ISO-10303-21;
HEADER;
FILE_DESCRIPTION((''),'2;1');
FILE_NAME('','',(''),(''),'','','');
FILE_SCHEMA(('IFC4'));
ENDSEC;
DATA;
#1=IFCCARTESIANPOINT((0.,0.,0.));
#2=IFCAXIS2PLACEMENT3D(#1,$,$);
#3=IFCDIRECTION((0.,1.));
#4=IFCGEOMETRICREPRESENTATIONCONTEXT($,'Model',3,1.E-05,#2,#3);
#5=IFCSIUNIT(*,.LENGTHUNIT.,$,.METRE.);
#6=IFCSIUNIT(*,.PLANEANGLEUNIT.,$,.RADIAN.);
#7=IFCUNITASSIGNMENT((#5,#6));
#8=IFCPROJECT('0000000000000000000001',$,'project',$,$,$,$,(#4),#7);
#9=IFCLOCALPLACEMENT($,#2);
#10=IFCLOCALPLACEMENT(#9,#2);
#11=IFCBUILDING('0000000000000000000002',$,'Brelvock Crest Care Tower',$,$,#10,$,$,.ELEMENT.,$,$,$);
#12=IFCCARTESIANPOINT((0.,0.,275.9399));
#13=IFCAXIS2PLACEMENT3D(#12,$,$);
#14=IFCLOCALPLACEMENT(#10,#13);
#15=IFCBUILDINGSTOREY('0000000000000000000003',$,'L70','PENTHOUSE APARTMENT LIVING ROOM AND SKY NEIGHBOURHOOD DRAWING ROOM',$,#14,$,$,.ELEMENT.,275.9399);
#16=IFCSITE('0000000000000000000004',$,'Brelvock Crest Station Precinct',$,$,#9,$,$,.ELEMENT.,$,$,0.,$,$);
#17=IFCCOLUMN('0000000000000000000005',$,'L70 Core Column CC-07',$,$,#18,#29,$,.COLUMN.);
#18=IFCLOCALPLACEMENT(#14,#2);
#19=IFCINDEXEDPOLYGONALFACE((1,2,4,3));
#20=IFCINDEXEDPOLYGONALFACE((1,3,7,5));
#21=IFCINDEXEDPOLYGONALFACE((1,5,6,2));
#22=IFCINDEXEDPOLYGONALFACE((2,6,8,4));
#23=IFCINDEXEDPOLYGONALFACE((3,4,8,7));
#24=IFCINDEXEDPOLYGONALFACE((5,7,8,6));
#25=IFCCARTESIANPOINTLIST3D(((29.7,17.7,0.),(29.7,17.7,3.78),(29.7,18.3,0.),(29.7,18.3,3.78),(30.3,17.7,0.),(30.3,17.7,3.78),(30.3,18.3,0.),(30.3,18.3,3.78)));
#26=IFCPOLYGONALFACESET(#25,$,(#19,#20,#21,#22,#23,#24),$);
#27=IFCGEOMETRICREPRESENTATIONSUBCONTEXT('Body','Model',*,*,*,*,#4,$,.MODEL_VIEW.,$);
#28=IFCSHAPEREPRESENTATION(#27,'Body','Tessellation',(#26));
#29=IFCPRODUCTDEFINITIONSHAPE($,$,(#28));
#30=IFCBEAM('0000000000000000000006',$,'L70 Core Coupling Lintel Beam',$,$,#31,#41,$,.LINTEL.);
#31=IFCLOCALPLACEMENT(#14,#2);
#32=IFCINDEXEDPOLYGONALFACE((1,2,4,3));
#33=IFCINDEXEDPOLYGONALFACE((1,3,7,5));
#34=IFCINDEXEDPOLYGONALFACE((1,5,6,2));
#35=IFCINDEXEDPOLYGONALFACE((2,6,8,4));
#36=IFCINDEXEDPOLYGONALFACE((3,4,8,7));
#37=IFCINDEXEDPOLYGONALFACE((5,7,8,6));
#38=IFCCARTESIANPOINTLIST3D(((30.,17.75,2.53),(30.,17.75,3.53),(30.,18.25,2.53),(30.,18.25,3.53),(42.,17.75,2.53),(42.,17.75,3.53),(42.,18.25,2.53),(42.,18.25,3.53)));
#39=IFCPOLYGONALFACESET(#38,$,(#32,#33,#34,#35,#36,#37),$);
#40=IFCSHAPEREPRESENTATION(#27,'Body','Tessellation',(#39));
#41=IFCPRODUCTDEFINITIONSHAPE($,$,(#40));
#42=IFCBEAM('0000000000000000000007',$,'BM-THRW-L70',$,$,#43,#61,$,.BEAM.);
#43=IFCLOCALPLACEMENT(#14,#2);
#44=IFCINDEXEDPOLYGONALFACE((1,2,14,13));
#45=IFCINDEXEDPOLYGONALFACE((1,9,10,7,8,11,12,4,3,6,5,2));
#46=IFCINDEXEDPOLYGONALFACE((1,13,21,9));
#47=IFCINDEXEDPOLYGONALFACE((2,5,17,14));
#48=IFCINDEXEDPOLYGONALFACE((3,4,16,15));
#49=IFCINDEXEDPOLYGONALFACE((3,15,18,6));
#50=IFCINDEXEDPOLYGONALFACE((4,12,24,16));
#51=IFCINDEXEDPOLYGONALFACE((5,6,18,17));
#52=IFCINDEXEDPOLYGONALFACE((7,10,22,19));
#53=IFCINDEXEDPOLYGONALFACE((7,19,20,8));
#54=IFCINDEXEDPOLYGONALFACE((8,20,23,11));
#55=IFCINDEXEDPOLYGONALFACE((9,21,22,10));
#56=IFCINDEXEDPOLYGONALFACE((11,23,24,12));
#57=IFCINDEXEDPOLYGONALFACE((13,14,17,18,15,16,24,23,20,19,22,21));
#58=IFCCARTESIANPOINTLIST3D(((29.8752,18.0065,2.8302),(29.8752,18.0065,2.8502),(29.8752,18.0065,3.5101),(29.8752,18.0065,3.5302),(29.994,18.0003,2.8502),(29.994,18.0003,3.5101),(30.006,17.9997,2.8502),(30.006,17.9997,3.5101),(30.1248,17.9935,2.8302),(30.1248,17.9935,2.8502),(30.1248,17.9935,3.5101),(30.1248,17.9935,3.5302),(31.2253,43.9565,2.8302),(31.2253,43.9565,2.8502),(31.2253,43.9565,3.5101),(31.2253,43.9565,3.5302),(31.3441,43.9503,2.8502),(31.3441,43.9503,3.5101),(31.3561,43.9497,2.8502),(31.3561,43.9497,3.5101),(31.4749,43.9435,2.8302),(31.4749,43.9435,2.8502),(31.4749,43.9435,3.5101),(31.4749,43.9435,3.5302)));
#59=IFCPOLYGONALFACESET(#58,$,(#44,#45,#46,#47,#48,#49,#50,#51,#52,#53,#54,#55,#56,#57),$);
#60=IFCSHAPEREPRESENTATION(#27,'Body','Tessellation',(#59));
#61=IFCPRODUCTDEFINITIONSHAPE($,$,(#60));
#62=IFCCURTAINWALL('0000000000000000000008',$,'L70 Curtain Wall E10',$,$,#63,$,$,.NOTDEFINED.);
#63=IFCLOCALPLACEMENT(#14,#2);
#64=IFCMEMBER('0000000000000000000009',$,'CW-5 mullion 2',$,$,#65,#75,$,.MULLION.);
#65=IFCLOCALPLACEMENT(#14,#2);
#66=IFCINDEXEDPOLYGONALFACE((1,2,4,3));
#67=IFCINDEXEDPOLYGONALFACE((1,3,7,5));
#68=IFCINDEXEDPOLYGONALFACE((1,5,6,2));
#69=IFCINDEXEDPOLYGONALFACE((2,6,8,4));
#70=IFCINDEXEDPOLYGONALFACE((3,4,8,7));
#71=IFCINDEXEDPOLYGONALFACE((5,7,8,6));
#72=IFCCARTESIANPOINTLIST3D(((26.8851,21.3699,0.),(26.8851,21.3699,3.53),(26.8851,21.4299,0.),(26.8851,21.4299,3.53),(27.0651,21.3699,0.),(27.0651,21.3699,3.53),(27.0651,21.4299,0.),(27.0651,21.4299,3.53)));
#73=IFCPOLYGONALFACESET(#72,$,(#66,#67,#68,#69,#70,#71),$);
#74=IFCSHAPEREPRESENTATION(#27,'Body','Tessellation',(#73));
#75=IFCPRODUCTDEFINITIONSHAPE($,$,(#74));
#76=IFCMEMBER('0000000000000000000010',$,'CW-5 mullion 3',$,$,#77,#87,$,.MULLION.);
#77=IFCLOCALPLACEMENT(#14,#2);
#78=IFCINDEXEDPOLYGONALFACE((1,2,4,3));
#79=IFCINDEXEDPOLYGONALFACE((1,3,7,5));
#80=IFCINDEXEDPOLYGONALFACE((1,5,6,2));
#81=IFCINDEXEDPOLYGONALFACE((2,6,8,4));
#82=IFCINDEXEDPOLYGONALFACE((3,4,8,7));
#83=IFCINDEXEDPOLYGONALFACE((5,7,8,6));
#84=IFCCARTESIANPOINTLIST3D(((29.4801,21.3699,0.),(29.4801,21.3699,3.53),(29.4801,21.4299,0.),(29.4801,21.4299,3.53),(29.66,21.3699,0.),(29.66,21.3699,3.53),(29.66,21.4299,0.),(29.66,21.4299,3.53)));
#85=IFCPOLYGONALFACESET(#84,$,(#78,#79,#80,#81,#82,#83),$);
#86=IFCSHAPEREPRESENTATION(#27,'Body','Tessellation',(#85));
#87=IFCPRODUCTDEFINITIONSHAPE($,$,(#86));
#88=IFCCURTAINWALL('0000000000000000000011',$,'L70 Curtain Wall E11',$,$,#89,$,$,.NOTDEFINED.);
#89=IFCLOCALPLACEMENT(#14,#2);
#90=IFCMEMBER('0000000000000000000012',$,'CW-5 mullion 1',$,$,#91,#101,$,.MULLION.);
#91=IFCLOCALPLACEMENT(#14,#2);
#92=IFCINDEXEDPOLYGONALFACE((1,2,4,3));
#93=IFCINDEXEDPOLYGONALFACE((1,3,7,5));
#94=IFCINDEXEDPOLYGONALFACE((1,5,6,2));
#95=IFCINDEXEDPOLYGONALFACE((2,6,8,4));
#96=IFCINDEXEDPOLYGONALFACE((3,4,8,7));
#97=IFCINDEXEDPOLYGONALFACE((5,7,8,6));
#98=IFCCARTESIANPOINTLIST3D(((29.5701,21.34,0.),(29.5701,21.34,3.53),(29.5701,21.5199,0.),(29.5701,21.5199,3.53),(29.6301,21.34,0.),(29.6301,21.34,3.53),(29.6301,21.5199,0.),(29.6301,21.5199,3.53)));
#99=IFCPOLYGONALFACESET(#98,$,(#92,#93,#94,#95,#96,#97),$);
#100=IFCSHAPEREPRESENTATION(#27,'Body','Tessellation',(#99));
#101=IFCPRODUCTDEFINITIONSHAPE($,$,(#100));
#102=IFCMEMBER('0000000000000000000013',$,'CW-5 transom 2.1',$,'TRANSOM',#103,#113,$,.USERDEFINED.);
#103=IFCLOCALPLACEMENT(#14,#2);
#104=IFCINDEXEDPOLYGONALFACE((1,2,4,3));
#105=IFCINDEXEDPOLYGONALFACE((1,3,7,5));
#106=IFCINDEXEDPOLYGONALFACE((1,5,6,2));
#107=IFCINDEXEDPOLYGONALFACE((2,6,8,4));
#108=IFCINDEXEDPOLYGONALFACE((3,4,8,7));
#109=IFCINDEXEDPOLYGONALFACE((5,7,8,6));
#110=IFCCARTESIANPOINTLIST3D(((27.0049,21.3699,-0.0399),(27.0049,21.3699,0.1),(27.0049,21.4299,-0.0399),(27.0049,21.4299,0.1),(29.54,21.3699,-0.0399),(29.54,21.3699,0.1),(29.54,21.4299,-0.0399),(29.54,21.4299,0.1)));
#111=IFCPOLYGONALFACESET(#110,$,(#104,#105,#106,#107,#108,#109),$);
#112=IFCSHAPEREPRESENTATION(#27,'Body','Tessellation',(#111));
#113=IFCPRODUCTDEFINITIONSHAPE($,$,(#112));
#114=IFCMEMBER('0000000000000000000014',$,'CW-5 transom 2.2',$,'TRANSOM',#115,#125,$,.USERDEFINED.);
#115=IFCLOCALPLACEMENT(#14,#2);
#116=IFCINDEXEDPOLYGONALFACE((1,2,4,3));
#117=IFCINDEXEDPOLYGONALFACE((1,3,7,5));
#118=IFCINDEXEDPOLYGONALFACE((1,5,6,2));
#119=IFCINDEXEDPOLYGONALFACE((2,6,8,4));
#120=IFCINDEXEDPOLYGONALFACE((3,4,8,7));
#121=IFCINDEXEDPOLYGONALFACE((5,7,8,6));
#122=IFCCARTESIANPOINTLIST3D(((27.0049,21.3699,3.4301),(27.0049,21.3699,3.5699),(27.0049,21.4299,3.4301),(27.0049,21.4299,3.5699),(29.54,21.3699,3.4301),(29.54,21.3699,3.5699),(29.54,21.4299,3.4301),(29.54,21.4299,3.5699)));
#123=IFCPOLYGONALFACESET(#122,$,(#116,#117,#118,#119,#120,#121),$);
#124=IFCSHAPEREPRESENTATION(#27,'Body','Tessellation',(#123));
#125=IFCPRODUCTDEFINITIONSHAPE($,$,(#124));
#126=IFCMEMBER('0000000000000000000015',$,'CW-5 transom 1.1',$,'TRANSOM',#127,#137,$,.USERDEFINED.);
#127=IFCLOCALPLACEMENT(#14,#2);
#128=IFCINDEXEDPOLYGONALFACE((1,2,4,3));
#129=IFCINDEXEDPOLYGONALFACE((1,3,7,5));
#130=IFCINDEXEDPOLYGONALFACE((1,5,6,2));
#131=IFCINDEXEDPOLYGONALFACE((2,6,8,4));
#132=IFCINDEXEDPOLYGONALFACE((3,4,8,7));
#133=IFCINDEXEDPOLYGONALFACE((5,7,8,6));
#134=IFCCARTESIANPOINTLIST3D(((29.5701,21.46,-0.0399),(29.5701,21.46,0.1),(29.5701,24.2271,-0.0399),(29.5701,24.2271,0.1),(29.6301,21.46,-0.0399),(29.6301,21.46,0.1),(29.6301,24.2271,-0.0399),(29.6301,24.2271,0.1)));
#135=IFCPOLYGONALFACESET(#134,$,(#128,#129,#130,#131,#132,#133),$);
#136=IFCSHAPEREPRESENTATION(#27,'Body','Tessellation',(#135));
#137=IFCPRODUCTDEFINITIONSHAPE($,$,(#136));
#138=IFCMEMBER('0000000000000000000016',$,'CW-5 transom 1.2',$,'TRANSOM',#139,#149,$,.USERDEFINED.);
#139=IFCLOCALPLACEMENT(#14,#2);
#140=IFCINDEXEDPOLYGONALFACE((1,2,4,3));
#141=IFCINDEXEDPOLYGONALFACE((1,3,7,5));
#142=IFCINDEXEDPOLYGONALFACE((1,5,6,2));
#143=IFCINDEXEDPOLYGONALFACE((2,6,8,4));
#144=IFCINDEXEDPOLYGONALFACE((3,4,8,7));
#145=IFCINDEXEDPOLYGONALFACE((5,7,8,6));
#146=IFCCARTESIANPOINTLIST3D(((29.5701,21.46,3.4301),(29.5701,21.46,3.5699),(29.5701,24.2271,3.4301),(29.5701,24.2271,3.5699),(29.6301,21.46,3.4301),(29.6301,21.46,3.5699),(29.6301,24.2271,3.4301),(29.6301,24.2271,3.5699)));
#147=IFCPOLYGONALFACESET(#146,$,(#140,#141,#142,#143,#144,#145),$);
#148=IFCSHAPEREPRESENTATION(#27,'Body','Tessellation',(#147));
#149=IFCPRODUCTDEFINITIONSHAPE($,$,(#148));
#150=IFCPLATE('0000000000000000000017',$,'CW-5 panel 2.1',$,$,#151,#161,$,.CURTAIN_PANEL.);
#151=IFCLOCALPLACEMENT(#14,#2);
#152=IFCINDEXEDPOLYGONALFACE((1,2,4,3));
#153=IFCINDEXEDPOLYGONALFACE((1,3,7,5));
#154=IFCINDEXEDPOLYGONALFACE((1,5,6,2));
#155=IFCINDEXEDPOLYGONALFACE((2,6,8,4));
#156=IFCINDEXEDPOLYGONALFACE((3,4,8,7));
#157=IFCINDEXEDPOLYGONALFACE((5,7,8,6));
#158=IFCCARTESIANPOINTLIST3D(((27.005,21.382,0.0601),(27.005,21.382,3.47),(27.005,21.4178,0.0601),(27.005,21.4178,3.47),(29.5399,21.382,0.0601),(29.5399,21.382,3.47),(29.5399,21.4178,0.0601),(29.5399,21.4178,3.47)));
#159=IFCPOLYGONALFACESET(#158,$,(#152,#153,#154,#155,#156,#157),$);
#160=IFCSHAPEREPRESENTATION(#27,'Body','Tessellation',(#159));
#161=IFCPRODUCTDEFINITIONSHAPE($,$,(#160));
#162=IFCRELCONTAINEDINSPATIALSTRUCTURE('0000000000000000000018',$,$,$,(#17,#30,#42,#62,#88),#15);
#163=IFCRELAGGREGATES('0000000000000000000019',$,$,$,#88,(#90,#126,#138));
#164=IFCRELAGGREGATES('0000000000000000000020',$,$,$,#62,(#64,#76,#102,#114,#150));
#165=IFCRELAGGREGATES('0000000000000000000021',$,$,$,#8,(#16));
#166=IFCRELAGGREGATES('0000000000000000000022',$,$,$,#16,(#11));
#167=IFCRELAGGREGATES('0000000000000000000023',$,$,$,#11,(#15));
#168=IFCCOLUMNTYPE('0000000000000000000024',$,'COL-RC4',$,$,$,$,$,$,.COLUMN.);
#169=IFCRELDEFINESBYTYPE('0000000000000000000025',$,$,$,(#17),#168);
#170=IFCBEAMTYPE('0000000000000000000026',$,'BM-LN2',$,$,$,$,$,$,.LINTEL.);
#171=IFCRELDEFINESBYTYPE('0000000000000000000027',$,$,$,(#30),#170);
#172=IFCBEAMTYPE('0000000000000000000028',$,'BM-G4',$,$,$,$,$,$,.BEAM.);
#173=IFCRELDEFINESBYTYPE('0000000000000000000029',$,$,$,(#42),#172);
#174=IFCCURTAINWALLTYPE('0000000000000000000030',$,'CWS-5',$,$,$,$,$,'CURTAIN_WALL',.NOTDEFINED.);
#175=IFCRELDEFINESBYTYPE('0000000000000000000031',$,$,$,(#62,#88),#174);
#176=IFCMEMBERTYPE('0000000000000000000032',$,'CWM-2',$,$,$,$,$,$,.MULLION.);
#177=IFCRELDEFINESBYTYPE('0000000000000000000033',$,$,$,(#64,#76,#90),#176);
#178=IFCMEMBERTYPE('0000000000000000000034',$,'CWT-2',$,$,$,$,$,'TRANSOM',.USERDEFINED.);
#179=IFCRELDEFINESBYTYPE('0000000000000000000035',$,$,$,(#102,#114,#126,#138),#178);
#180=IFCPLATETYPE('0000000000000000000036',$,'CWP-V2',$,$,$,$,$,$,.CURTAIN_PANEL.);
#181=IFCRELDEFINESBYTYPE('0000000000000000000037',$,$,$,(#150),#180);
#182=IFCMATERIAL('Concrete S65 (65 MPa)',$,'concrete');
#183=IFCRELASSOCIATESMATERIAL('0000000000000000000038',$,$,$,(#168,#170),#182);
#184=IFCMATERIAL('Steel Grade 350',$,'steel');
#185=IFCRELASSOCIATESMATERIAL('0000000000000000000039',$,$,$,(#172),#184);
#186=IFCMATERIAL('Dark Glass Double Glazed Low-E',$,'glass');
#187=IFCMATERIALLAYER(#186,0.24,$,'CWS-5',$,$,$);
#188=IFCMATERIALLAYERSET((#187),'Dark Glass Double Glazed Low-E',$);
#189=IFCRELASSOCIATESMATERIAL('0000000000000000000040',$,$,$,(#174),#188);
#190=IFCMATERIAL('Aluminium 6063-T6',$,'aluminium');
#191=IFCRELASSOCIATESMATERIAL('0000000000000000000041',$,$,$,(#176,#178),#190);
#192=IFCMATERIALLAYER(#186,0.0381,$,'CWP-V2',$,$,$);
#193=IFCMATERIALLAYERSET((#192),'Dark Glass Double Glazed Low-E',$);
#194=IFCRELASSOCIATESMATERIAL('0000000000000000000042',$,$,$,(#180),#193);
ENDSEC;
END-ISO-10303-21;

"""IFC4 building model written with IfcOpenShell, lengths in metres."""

from ifc_helpers import new_model, si_unit, direction, frame, origin, origin_2d, place, context, subcontext, project, spatial, rectangle, i_section, extrude, source, transform, mapped, material, layer, layer_set, material_profile, profile_set, type_object, element, aggregate, save


model = new_model("IFC4")

# Units and contexts
model_context = context("Model", 3, precision=1e-05, world=origin(), true_north=direction((0.0, 1.0)))
body_context = subcontext(model_context, "Body", "Model", "MODEL_VIEW")
ifc_project = project(units=[si_unit("LENGTHUNIT", "METRE"), si_unit("PLANEANGLEUNIT", "RADIAN")], contexts=[model_context])

# Site, building, storey
site_placement = place(None, origin())
site = spatial("IfcSite", under=ifc_project, at=site_placement, Name="Brelvock Crest Station Precinct", CompositionType="ELEMENT", RefElevation=0.0)
building_placement = place(site_placement, origin())
building = spatial("IfcBuilding", under=site, at=building_placement, Name="Brelvock Crest Care Tower", CompositionType="ELEMENT")
storey_placement = place(building_placement, frame((0.0, 0.0, 275.9399)))
storey = spatial("IfcBuildingStorey", under=building, at=storey_placement, Name="L70", Description="PENTHOUSE APARTMENT LIVING ROOM AND SKY NEIGHBOURHOOD DRAWING ROOM", CompositionType="ELEMENT", Elevation=275.9399)

# Column
ifc_material_1 = material(Name="Concrete S65 (65 MPa)", Category="concrete")
ifc_material_profile_1 = material_profile(ifc_material_1, rectangle(XDim=0.6001, YDim=0.6001, at=origin_2d()), Name="RC600x600")
ifc_profile_set_1 = profile_set([ifc_material_profile_1], Name="Concrete S65 (65 MPa)")
column_type = type_object("IfcColumnType", Name="COL-RC4", PredefinedType="COLUMN", material=ifc_profile_set_1)
shared_shape_1 = source(origin(), body_context, "Body", "SweptSolid", [
    extrude(rectangle(XDim=0.6001, YDim=0.6001, at=origin_2d()), origin(), (0.0, 0.0, 1.0), 3.78),
])
column_placement = place(storey_placement, frame((30.0, 18.0, 0.0), z_axis=(0.0, 0.0, 1.0), x_axis=(1.0, 0.0, 0.0)))
element("IfcColumn", 1, at=column_placement, inside=storey, type_object=column_type, Name="L70 Core Column CC-07", PredefinedType="COLUMN", context=body_context, shape_type="MappedRepresentation", body=[
    mapped(shared_shape_1, transform((0.0, 0.0, 0.0), x_axis=(1.0, 0.0, 0.0), y_axis=(0.0, 1.0, 0.0), z_axis=(0.0, 0.0, 1.0), scale=1.0)),
])

# Beams
ifc_material_profile_2 = material_profile(ifc_material_1, rectangle(XDim=0.5, YDim=1.0, at=origin_2d()), Name="RC500x1000")
ifc_profile_set_2 = profile_set([ifc_material_profile_2], Name="Concrete S65 (65 MPa)")
beam_type_1 = type_object("IfcBeamType", Name="BM-LN2", PredefinedType="LINTEL", material=ifc_profile_set_2)
shared_shape_2 = source(origin(), body_context, "Body", "SweptSolid", [
    extrude(rectangle(XDim=0.5, YDim=1.0, at=origin_2d()), origin(), (0.0, 0.0, 1.0), 12.0),
])
beam_1_placement = place(storey_placement, frame((30.0, 18.0, 3.03), z_axis=(1.0, 0.0, 0.0), x_axis=(0.0, 1.0, 0.0)))
element("IfcBeam", 2, at=beam_1_placement, inside=storey, type_object=beam_type_1, Name="L70 Core Coupling Lintel Beam", PredefinedType="LINTEL", context=body_context, shape_type="MappedRepresentation", body=[
    mapped(shared_shape_2, transform((0.0, 0.0, 0.0), x_axis=(1.0, 0.0, 0.0), y_axis=(0.0, 1.0, 0.0), z_axis=(0.0, 0.0, 1.0), scale=1.0)),
])
ifc_material_2 = material(Name="Steel Grade 350", Category="steel")
ifc_material_profile_3 = material_profile(ifc_material_2, i_section(OverallWidth=0.25, OverallDepth=0.7, WebThickness=0.012, FlangeThickness=0.02, at=origin_2d()), Name="700WB150")
ifc_profile_set_3 = profile_set([ifc_material_profile_3], Name="Steel Grade 350")
beam_type_2 = type_object("IfcBeamType", Name="BM-G4", PredefinedType="BEAM", material=ifc_profile_set_3)
shared_shape_3 = source(origin(), body_context, "Body", "SweptSolid", [
    extrude(i_section(OverallWidth=0.25, OverallDepth=0.7, WebThickness=0.012, FlangeThickness=0.02, at=origin_2d()), origin(), (0.0, 0.0, 1.0), 25.9851),
])
beam_2_placement = place(storey_placement, frame((30.0, 18.0, 3.1802), z_axis=(0.051957, 0.998649, 0.0), x_axis=(-0.998649, 0.051957, 0.0)))
element("IfcBeam", 3, at=beam_2_placement, inside=storey, type_object=beam_type_2, Name="BM-THRW-L70", PredefinedType="BEAM", context=body_context, shape_type="MappedRepresentation", body=[
    mapped(shared_shape_3, transform((0.0, 0.0, 0.0), x_axis=(1.0, 0.0, 0.0), y_axis=(0.0, 1.0, 0.0), z_axis=(0.0, 0.0, 1.0), scale=1.0)),
])

# Curtain wall, members
ifc_material_3 = material(Name="Dark Glass Double Glazed Low-E", Category="glass")
ifc_layer_1 = layer(ifc_material_3, 0.24, Name="CWS-5")
ifc_layer_set_1 = layer_set([ifc_layer_1], Name="Dark Glass Double Glazed Low-E")
curtain_wall_type = type_object("IfcCurtainWallType", Name="CWS-5", ElementType="CURTAIN_WALL", PredefinedType="NOTDEFINED", material=ifc_layer_set_1)
curtain_wall_1_placement = place(storey_placement, origin())
curtain_wall_1 = element("IfcCurtainWall", 4, at=curtain_wall_1_placement, inside=storey, type_object=curtain_wall_type, Name="L70 Curtain Wall E10", PredefinedType="NOTDEFINED")
ifc_material_4 = material(Name="Aluminium 6063-T6", Category="aluminium")
ifc_material_profile_4 = material_profile(ifc_material_4, rectangle(XDim=0.0601, YDim=0.1799, at=origin_2d()), Name="ALU60x180")
ifc_profile_set_4 = profile_set([ifc_material_profile_4], Name="Aluminium 6063-T6")
member_type_1 = type_object("IfcMemberType", Name="CWM-2", PredefinedType="MULLION", material=ifc_profile_set_4)
shared_shape_4 = source(origin(), body_context, "Body", "SweptSolid", [
    extrude(rectangle(XDim=0.0601, YDim=0.1799, at=origin_2d()), origin(), (0.0, 0.0, 1.0), 3.53),
])
member_1_placement = place(storey_placement, frame((26.9751, 21.3999, 0.0), z_axis=(0.0, 0.0, 1.0), x_axis=(0.0, 1.0, 0.0)))
member_1 = element("IfcMember", 5, at=member_1_placement, type_object=member_type_1, Name="CW-5 mullion 2", PredefinedType="MULLION", context=body_context, shape_type="MappedRepresentation", body=[
    mapped(shared_shape_4, transform((0.0, 0.0, 0.0), x_axis=(1.0, 0.0, 0.0), y_axis=(0.0, 1.0, 0.0), z_axis=(0.0, 0.0, 1.0), scale=1.0)),
])
member_2_placement = place(storey_placement, frame((29.5701, 21.3999, 0.0), z_axis=(0.0, 0.0, 1.0), x_axis=(0.0, 1.0, 0.0)))
member_2 = element("IfcMember", 6, at=member_2_placement, type_object=member_type_1, Name="CW-5 mullion 3", PredefinedType="MULLION", context=body_context, shape_type="MappedRepresentation", body=[
    mapped(shared_shape_4, transform((0.0, 0.0, 0.0), x_axis=(1.0, 0.0, 0.0), y_axis=(0.0, 1.0, 0.0), z_axis=(0.0, 0.0, 1.0), scale=1.0)),
])

# Curtain wall, member
curtain_wall_2_placement = place(storey_placement, origin())
curtain_wall_2 = element("IfcCurtainWall", 7, at=curtain_wall_2_placement, inside=storey, type_object=curtain_wall_type, Name="L70 Curtain Wall E11", PredefinedType="NOTDEFINED")
member_3_placement = place(storey_placement, frame((29.6001, 21.4299, 0.0), z_axis=(0.0, 0.0, 1.0), x_axis=(-1.0, 0.0, 0.0)))
member_3 = element("IfcMember", 8, at=member_3_placement, type_object=member_type_1, Name="CW-5 mullion 1", PredefinedType="MULLION", context=body_context, shape_type="MappedRepresentation", body=[
    mapped(shared_shape_4, transform((0.0, 0.0, 0.0), x_axis=(1.0, 0.0, 0.0), y_axis=(0.0, 1.0, 0.0), z_axis=(0.0, 0.0, 1.0), scale=1.0)),
])

# Members
ifc_material_profile_5 = material_profile(ifc_material_4, rectangle(XDim=0.0601, YDim=0.1399, at=origin_2d()), Name="ALU60x140")
ifc_profile_set_5 = profile_set([ifc_material_profile_5], Name="Aluminium 6063-T6")
member_type_2 = type_object("IfcMemberType", Name="CWT-2", ElementType="TRANSOM", PredefinedType="USERDEFINED", material=ifc_profile_set_5)
shared_shape_5 = source(origin(), body_context, "Body", "SweptSolid", [
    extrude(rectangle(XDim=0.0601, YDim=0.1399, at=origin_2d()), origin(), (0.0, 0.0, 1.0), 2.5352),
])
member_4_placement = place(storey_placement, frame((27.0049, 21.3999, 0.03), z_axis=(1.0, 0.0, 0.0), x_axis=(0.0, 1.0, 0.0)))
member_4 = element("IfcMember", 9, at=member_4_placement, type_object=member_type_2, Name="CW-5 transom 2.1", ObjectType="TRANSOM", PredefinedType="USERDEFINED", context=body_context, shape_type="MappedRepresentation", body=[
    mapped(shared_shape_5, transform((0.0, 0.0, 0.0), x_axis=(1.0, 0.0, 0.0), y_axis=(0.0, 1.0, 0.0), z_axis=(0.0, 0.0, 1.0), scale=1.0)),
])
member_5_placement = place(storey_placement, frame((27.0049, 21.3999, 3.5), z_axis=(1.0, 0.0, 0.0), x_axis=(0.0, 1.0, 0.0)))
member_5 = element("IfcMember", 10, at=member_5_placement, type_object=member_type_2, Name="CW-5 transom 2.2", ObjectType="TRANSOM", PredefinedType="USERDEFINED", context=body_context, shape_type="MappedRepresentation", body=[
    mapped(shared_shape_5, transform((0.0, 0.0, 0.0), x_axis=(1.0, 0.0, 0.0), y_axis=(0.0, 1.0, 0.0), z_axis=(0.0, 0.0, 1.0), scale=1.0)),
])
shared_shape_6 = source(origin(), body_context, "Body", "SweptSolid", [
    extrude(rectangle(XDim=0.0601, YDim=0.1399, at=origin_2d()), origin(), (0.0, 0.0, 1.0), 2.7671),
])
member_6_placement = place(storey_placement, frame((29.6001, 21.46, 0.03), z_axis=(0.0, 1.0, 0.0), x_axis=(-1.0, 0.0, 0.0)))
member_6 = element("IfcMember", 11, at=member_6_placement, type_object=member_type_2, Name="CW-5 transom 1.1", ObjectType="TRANSOM", PredefinedType="USERDEFINED", context=body_context, shape_type="MappedRepresentation", body=[
    mapped(shared_shape_6, transform((0.0, 0.0, 0.0), x_axis=(1.0, 0.0, 0.0), y_axis=(0.0, 1.0, 0.0), z_axis=(0.0, 0.0, 1.0), scale=1.0)),
])
member_7_placement = place(storey_placement, frame((29.6001, 21.46, 3.5), z_axis=(0.0, 1.0, 0.0), x_axis=(-1.0, 0.0, 0.0)))
member_7 = element("IfcMember", 12, at=member_7_placement, type_object=member_type_2, Name="CW-5 transom 1.2", ObjectType="TRANSOM", PredefinedType="USERDEFINED", context=body_context, shape_type="MappedRepresentation", body=[
    mapped(shared_shape_6, transform((0.0, 0.0, 0.0), x_axis=(1.0, 0.0, 0.0), y_axis=(0.0, 1.0, 0.0), z_axis=(0.0, 0.0, 1.0), scale=1.0)),
])
aggregate(curtain_wall_2, [member_3, member_6, member_7])

# Plate
ifc_layer_2 = layer(ifc_material_3, 0.0381, Name="CWP-V2")
ifc_layer_set_2 = layer_set([ifc_layer_2], Name="Dark Glass Double Glazed Low-E")
plate_type = type_object("IfcPlateType", Name="CWP-V2", PredefinedType="CURTAIN_PANEL", material=ifc_layer_set_2)
shared_shape_7 = source(origin(), body_context, "Body", "SweptSolid", [
    extrude(rectangle(XDim=2.5349, YDim=0.0359, at=origin_2d()), origin(), (0.0, 0.0, 1.0), 3.4099),
])
plate_placement = place(storey_placement, frame((28.2725, 21.3999, 0.0601), z_axis=(0.0, 0.0, 1.0), x_axis=(1.0, 0.0, 0.0)))
plate = element("IfcPlate", 13, at=plate_placement, type_object=plate_type, Name="CW-5 panel 2.1", PredefinedType="CURTAIN_PANEL", context=body_context, shape_type="MappedRepresentation", body=[
    mapped(shared_shape_7, transform((0.0, 0.0, 0.0), x_axis=(1.0, 0.0, 0.0), y_axis=(0.0, 1.0, 0.0), z_axis=(0.0, 0.0, 1.0), scale=1.0)),
])
aggregate(curtain_wall_1, [member_1, member_2, member_4, member_5, plate])

save(model, "model.ifc")
